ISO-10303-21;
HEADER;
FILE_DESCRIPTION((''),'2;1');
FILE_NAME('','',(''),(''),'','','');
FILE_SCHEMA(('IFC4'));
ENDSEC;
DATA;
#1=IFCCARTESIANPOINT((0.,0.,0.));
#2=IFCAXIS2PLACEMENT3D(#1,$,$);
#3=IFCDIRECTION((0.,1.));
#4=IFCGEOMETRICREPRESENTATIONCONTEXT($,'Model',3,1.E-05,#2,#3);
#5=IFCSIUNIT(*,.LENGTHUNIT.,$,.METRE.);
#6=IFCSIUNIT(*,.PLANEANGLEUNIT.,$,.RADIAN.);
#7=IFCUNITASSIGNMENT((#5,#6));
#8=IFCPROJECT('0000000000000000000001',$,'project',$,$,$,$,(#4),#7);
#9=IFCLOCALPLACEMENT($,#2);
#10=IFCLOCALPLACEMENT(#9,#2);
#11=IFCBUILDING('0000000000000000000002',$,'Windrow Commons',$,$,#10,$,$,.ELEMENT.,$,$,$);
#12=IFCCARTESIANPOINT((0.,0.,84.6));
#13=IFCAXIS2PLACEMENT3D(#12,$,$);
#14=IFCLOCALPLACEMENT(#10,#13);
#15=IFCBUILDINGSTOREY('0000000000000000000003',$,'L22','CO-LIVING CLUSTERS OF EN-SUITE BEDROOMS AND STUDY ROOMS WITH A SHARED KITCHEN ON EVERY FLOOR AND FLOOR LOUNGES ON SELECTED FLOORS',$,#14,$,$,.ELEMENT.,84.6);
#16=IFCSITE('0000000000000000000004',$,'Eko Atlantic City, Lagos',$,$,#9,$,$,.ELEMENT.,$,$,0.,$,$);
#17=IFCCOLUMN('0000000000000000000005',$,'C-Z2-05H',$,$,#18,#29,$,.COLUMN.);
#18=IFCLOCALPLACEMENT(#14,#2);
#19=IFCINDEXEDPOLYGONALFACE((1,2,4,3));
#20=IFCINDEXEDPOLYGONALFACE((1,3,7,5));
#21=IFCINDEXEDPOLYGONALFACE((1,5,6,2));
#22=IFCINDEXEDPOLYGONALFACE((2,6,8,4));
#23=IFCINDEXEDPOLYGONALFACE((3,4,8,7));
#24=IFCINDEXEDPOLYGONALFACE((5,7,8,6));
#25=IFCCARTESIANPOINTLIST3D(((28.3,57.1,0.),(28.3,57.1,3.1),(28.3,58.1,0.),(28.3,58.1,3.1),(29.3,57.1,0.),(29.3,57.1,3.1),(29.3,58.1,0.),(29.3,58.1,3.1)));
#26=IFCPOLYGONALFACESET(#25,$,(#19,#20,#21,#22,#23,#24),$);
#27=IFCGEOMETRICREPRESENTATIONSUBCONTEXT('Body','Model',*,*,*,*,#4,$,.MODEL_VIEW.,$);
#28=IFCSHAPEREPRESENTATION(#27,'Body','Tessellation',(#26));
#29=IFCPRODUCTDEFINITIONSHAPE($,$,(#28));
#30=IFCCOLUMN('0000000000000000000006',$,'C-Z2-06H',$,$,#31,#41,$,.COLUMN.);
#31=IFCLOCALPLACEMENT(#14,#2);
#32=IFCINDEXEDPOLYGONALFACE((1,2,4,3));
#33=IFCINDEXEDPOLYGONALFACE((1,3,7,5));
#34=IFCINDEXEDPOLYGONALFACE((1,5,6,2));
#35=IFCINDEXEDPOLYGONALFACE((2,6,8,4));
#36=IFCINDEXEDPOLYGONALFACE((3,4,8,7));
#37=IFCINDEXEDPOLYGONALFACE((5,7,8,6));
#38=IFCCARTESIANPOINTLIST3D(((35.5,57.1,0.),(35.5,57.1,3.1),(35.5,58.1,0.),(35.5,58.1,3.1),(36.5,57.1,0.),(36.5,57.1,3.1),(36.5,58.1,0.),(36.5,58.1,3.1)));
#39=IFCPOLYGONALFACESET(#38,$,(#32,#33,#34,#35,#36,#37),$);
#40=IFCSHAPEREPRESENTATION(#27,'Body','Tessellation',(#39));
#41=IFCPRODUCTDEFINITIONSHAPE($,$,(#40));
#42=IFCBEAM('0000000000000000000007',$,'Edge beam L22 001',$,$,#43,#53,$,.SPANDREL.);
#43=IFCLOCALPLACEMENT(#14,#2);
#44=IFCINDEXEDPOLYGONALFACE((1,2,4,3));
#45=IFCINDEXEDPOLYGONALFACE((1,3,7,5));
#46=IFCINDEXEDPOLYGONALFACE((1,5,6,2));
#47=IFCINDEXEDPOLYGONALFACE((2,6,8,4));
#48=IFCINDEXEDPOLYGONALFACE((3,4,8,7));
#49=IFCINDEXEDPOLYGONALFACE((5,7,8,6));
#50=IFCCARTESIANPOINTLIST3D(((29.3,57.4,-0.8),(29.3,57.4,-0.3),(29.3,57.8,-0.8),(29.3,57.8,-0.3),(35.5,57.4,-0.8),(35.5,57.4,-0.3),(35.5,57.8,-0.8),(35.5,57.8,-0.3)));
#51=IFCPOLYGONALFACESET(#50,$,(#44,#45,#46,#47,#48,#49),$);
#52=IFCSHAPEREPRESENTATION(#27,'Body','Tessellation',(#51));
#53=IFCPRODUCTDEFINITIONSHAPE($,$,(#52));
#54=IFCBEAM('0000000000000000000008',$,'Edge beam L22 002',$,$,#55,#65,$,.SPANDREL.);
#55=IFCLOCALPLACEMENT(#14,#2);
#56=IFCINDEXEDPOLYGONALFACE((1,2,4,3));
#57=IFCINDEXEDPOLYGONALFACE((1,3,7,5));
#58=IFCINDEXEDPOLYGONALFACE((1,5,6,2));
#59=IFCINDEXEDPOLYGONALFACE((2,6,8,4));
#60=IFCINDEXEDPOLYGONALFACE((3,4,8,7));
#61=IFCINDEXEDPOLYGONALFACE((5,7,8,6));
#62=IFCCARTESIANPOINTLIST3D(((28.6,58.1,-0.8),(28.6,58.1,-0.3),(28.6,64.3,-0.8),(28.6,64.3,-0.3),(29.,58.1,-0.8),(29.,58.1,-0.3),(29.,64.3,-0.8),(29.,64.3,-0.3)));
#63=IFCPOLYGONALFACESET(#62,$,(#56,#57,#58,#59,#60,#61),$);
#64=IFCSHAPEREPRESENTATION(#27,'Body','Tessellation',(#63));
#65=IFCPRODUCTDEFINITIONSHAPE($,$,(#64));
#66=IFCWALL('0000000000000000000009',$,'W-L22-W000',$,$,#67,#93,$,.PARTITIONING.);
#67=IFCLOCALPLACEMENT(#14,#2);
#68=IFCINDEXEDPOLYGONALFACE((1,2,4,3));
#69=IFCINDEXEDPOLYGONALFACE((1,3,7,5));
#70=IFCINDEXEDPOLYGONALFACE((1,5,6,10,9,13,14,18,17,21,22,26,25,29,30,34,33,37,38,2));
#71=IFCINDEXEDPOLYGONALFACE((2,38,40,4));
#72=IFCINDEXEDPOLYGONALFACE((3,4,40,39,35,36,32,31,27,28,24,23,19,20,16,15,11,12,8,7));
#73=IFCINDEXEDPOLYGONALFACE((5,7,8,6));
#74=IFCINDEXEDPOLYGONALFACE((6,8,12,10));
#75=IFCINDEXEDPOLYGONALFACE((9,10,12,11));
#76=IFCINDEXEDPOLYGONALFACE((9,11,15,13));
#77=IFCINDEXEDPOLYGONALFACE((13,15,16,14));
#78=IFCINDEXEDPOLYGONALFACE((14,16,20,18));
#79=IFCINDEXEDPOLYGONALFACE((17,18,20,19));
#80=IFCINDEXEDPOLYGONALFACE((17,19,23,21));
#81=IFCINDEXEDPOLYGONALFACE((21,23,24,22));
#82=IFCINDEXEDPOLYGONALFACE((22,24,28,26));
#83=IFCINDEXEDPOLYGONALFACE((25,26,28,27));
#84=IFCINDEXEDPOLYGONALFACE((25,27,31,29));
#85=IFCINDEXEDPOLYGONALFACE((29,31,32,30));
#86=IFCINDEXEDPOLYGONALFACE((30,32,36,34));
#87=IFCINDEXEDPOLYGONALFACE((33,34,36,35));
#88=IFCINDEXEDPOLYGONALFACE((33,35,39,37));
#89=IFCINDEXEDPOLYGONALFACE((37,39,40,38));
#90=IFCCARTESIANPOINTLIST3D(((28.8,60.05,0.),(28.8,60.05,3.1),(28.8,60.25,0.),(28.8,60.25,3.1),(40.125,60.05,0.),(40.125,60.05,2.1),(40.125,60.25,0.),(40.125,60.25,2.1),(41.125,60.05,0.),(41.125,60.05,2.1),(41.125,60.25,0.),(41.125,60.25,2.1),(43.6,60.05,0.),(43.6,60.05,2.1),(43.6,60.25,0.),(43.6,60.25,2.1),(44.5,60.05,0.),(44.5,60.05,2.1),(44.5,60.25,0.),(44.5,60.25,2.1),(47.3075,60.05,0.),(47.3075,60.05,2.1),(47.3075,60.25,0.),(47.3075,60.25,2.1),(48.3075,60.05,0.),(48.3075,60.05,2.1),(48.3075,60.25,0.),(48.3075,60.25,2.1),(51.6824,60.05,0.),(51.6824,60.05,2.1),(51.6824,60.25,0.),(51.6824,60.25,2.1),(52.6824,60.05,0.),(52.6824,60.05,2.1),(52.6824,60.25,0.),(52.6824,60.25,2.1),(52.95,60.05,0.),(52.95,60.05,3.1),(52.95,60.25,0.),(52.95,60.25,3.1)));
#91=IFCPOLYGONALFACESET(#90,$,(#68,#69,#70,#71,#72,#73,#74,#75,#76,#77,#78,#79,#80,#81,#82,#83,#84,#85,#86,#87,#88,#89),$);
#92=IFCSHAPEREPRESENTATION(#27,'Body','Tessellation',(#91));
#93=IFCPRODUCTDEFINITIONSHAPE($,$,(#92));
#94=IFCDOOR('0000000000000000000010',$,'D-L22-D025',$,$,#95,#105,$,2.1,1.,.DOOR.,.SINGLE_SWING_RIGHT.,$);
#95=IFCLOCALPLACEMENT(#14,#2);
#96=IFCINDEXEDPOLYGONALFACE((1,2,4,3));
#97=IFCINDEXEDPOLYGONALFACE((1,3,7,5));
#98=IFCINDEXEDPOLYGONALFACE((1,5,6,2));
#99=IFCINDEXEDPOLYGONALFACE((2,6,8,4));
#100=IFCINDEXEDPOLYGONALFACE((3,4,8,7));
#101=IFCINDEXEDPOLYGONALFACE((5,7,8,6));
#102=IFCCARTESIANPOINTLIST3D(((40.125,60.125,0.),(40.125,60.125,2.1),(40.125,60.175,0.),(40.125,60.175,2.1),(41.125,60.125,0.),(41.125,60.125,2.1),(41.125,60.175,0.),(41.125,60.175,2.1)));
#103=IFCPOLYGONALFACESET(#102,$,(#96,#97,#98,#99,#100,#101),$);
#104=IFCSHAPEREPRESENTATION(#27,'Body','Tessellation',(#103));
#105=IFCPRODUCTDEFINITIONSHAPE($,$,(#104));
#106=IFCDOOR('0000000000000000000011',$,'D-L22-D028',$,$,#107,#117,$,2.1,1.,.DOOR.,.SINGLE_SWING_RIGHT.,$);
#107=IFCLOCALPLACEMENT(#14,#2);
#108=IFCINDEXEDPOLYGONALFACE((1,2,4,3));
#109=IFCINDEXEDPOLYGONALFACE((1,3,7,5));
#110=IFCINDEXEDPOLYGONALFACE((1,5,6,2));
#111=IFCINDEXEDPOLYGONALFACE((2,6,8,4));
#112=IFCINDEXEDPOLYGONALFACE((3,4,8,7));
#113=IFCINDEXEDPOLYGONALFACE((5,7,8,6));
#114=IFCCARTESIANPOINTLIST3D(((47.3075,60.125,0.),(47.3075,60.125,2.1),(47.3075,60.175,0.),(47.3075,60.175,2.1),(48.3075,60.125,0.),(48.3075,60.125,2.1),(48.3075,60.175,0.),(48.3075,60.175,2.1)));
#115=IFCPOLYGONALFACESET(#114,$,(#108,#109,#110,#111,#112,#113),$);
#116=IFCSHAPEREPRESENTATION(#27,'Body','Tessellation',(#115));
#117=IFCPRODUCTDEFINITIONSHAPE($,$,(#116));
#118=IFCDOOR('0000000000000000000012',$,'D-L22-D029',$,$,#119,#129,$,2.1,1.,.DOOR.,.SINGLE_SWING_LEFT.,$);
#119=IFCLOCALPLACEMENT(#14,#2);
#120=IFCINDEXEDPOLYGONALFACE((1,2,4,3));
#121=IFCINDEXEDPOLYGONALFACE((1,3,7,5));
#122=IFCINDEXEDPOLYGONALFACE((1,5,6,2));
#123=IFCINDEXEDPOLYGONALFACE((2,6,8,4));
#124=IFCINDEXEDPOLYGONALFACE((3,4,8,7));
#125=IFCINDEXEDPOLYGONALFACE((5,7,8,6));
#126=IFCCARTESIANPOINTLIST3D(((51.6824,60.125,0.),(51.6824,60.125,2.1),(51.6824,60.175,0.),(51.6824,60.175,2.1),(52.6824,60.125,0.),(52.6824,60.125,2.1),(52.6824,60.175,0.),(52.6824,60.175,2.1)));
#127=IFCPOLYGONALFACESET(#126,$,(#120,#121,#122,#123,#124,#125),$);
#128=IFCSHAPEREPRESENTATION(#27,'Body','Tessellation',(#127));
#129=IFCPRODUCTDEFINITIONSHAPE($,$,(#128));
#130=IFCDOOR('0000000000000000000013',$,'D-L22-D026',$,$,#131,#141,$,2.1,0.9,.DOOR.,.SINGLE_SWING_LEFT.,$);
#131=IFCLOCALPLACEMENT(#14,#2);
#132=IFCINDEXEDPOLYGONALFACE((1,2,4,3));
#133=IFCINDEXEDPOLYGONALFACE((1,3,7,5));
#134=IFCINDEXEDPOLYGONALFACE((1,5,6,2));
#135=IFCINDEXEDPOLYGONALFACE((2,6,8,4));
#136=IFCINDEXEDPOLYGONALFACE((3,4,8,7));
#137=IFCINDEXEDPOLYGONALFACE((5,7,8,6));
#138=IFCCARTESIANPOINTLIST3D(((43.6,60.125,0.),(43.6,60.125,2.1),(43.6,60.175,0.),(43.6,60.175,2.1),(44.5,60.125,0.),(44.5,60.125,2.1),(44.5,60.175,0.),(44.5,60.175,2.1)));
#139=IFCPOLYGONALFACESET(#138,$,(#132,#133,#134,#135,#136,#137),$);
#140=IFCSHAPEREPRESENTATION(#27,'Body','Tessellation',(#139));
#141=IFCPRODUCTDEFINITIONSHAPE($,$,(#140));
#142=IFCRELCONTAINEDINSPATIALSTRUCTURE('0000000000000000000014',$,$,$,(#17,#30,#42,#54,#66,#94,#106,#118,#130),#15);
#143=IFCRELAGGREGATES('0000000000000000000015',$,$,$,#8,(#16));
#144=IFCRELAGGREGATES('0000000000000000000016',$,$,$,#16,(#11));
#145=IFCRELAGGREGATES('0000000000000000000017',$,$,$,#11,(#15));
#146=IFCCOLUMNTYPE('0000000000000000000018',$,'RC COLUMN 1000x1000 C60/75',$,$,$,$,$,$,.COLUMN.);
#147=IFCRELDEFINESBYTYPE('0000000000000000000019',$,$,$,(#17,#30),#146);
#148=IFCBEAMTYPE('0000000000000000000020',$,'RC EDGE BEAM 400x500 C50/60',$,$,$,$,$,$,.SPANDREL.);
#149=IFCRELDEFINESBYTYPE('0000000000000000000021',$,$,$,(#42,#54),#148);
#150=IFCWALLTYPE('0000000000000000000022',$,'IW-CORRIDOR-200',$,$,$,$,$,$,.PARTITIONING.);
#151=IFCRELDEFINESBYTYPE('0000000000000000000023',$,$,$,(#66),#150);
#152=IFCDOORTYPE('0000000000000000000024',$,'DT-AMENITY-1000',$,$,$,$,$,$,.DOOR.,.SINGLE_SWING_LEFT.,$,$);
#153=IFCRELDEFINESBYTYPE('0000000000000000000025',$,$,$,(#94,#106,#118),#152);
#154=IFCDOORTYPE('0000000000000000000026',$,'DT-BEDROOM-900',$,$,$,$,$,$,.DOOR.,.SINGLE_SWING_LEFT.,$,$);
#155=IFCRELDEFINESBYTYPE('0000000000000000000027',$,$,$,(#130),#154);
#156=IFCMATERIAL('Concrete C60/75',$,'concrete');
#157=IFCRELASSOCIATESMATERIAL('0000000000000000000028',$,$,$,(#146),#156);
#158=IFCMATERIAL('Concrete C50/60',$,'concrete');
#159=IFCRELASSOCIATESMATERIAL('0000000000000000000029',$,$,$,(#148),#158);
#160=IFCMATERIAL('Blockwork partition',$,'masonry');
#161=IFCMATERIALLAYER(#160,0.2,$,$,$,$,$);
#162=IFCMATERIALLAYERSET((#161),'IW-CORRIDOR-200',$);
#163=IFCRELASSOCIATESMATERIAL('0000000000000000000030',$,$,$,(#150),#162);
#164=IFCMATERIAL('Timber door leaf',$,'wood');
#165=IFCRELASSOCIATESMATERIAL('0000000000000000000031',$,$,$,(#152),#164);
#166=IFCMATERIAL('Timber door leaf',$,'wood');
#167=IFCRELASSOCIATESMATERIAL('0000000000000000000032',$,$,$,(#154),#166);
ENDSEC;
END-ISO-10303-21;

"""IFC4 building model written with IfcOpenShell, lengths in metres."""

from ifc_helpers import new_model, si_unit, direction, frame, frame_2d, origin, origin_2d, place, context, subcontext, project, spatial, rectangle, extrude, material, layer, layer_set, material_profile, profile_set, type_object, element, fill, save


model = new_model("IFC4")

# Units and contexts
model_context = context("Model", 3, precision=1e-05, world=origin(), true_north=direction((0.0, 1.0)))
body_context = subcontext(model_context, "Body", "Model", "MODEL_VIEW")
ifc_project = project(units=[si_unit("LENGTHUNIT", "METRE"), si_unit("PLANEANGLEUNIT", "RADIAN")], contexts=[model_context])

# Site, building, storey
site_placement = place(None, origin())
site = spatial("IfcSite", under=ifc_project, at=site_placement, Name="Eko Atlantic City, Lagos", CompositionType="ELEMENT", RefElevation=0.0)
building_placement = place(site_placement, origin())
building = spatial("IfcBuilding", under=site, at=building_placement, Name="Windrow Commons", CompositionType="ELEMENT")
storey_placement = place(building_placement, frame((0.0, 0.0, 84.6)))
storey = spatial("IfcBuildingStorey", under=building, at=storey_placement, Name="L22", Description="CO-LIVING CLUSTERS OF EN-SUITE BEDROOMS AND STUDY ROOMS WITH A SHARED KITCHEN ON EVERY FLOOR AND FLOOR LOUNGES ON SELECTED FLOORS", CompositionType="ELEMENT", Elevation=84.6)

# Columns
ifc_material_1 = material(Name="Concrete C60/75", Category="concrete")
ifc_material_profile_1 = material_profile(ifc_material_1, rectangle(XDim=1.0, YDim=1.0, at=origin_2d()))
ifc_profile_set_1 = profile_set([ifc_material_profile_1], Name="Concrete C60/75")
column_type = type_object("IfcColumnType", Name="RC COLUMN 1000x1000 C60/75", PredefinedType="COLUMN", material=ifc_profile_set_1)
for number, where, z_axis, x_axis, name in (
    (1, (28.8, 57.6, 0.0), (0.0, 0.0, 1.0), (1.0, 0.0, 0.0), "C-Z2-05H"),
    (2, (36.0, 57.6, 0.0), (0.0, 0.0, 1.0), (1.0, 0.0, 0.0), "C-Z2-06H"),
):
    element("IfcColumn", number, at=place(storey_placement, frame(where, z_axis=z_axis, x_axis=x_axis)), inside=storey, type_object=column_type, Name=name, PredefinedType="COLUMN", context=body_context, shape_type="SweptSolid", body=[
        extrude(rectangle(XDim=1.0, YDim=1.0, at=origin_2d()), origin(), (0.0, 0.0, 1.0), 3.1),
    ])

# Beams
ifc_material_2 = material(Name="Concrete C50/60", Category="concrete")
ifc_material_profile_2 = material_profile(ifc_material_2, rectangle(XDim=0.4, YDim=0.5, at=origin_2d()))
ifc_profile_set_2 = profile_set([ifc_material_profile_2], Name="Concrete C50/60")
beam_type = type_object("IfcBeamType", Name="RC EDGE BEAM 400x500 C50/60", PredefinedType="SPANDREL", material=ifc_profile_set_2)
for number, where, z_axis, x_axis, name in (
    (3, (35.5, 57.6, -0.55), (-1.0, 0.0, 0.0), (0.0, -1.0, 0.0), "Edge beam L22 001"),
    (4, (28.8, 58.1, -0.55), (0.0, 1.0, 0.0), (-1.0, 0.0, 0.0), "Edge beam L22 002"),
):
    element("IfcBeam", number, at=place(storey_placement, frame(where, z_axis=z_axis, x_axis=x_axis)), inside=storey, type_object=beam_type, Name=name, PredefinedType="SPANDREL", context=body_context, shape_type="SweptSolid", body=[
        extrude(rectangle(XDim=0.4, YDim=0.5, at=origin_2d()), origin(), (0.0, 0.0, 1.0), 6.2),
    ])

# Wall, openings, doors
ifc_material_3 = material(Name="Blockwork partition", Category="masonry")
ifc_layer_1 = layer(ifc_material_3, 0.2)
ifc_layer_set_1 = layer_set([ifc_layer_1], Name="IW-CORRIDOR-200")
wall_type_1 = type_object("IfcWallType", Name="IW-CORRIDOR-200", PredefinedType="PARTITIONING", material=ifc_layer_set_1)
wall_1_placement = place(storey_placement, frame((28.8, 60.15, 0.0), z_axis=(0.0, 0.0, 1.0), x_axis=(1.0, 0.0, 0.0)))
wall_1 = element("IfcWall", 5, at=wall_1_placement, inside=storey, type_object=wall_type_1, Name="W-L22-W000", PredefinedType="PARTITIONING", context=body_context, shape_type="SweptSolid", body=[
    extrude(rectangle(XDim=24.15, YDim=0.2, at=frame_2d((12.075, 0.0))), origin(), (0.0, 0.0, 1.0), 3.1),
])
opening_1_placement = place(wall_1_placement, frame((11.325, 0.0, 0.0)))
opening_1 = element("IfcOpeningElement", 6, at=opening_1_placement, cuts=wall_1, PredefinedType="OPENING", context=body_context, shape_type="SweptSolid", body=[
    extrude(rectangle(XDim=1.0, YDim=2.1, at=frame_2d((0.5, 1.05))), frame((0.0, 0.11, 0.0), z_axis=(0.0, -1.0, 0.0), x_axis=(1.0, 0.0, 0.0)), (0.0, 0.0, 1.0), 0.22),
])
opening_2_placement = place(wall_1_placement, frame((14.8, 0.0, 0.0)))
opening_2 = element("IfcOpeningElement", 7, at=opening_2_placement, cuts=wall_1, PredefinedType="OPENING", context=body_context, shape_type="SweptSolid", body=[
    extrude(rectangle(XDim=0.9, YDim=2.1, at=frame_2d((0.45, 1.05))), frame((0.0, 0.11, 0.0), z_axis=(0.0, -1.0, 0.0), x_axis=(1.0, 0.0, 0.0)), (0.0, 0.0, 1.0), 0.22),
])
opening_3_placement = place(wall_1_placement, frame((18.5075, 0.0, 0.0)))
opening_3 = element("IfcOpeningElement", 8, at=opening_3_placement, cuts=wall_1, PredefinedType="OPENING", context=body_context, shape_type="SweptSolid", body=[
    extrude(rectangle(XDim=1.0, YDim=2.1, at=frame_2d((0.5, 1.05))), frame((0.0, 0.11, 0.0), z_axis=(0.0, -1.0, 0.0), x_axis=(1.0, 0.0, 0.0)), (0.0, 0.0, 1.0), 0.22),
])
opening_4_placement = place(wall_1_placement, frame((22.8824, 0.0, 0.0)))
opening_4 = element("IfcOpeningElement", 9, at=opening_4_placement, cuts=wall_1, PredefinedType="OPENING", context=body_context, shape_type="SweptSolid", body=[
    extrude(rectangle(XDim=1.0, YDim=2.1, at=frame_2d((0.5, 1.05))), frame((0.0, 0.11, 0.0), z_axis=(0.0, -1.0, 0.0), x_axis=(1.0, 0.0, 0.0)), (0.0, 0.0, 1.0), 0.22),
])
ifc_material_4 = material(Name="Timber door leaf", Category="wood")
door_type_1 = type_object("IfcDoorType", Name="DT-AMENITY-1000", OperationType="SINGLE_SWING_LEFT", PredefinedType="DOOR", material=ifc_material_4)
door_1_placement = place(opening_1_placement, origin())
door_1 = element("IfcDoor", 10, at=door_1_placement, inside=storey, type_object=door_type_1, Name="D-L22-D025", OperationType="SINGLE_SWING_RIGHT", OverallHeight=2.1, OverallWidth=1.0, PredefinedType="DOOR", context=body_context, shape_type="SweptSolid", body=[
    extrude(rectangle(XDim=1.0, YDim=2.1, at=frame_2d((0.5, 1.05))), frame((0.0, 0.025, 0.0), z_axis=(0.0, -1.0, 0.0), x_axis=(1.0, 0.0, 0.0)), (0.0, 0.0, 1.0), 0.05),
])
fill(opening_1, door_1)
door_2_placement = place(opening_3_placement, origin())
door_2 = element("IfcDoor", 11, at=door_2_placement, inside=storey, type_object=door_type_1, Name="D-L22-D028", OperationType="SINGLE_SWING_RIGHT", OverallHeight=2.1, OverallWidth=1.0, PredefinedType="DOOR", context=body_context, shape_type="SweptSolid", body=[
    extrude(rectangle(XDim=1.0, YDim=2.1, at=frame_2d((0.5, 1.05))), frame((0.0, 0.025, 0.0), z_axis=(0.0, -1.0, 0.0), x_axis=(1.0, 0.0, 0.0)), (0.0, 0.0, 1.0), 0.05),
])
fill(opening_3, door_2)
door_3_placement = place(opening_4_placement, origin())
door_3 = element("IfcDoor", 12, at=door_3_placement, inside=storey, type_object=door_type_1, Name="D-L22-D029", OperationType="SINGLE_SWING_LEFT", OverallHeight=2.1, OverallWidth=1.0, PredefinedType="DOOR", context=body_context, shape_type="SweptSolid", body=[
    extrude(rectangle(XDim=1.0, YDim=2.1, at=frame_2d((0.5, 1.05))), frame((0.0, 0.025, 0.0), z_axis=(0.0, -1.0, 0.0), x_axis=(1.0, 0.0, 0.0)), (0.0, 0.0, 1.0), 0.05),
])
fill(opening_4, door_3)
ifc_material_5 = material(Name="Timber door leaf", Category="wood")
door_type_2 = type_object("IfcDoorType", Name="DT-BEDROOM-900", OperationType="SINGLE_SWING_LEFT", PredefinedType="DOOR", material=ifc_material_5)
door_4_placement = place(opening_2_placement, origin())
door_4 = element("IfcDoor", 13, at=door_4_placement, inside=storey, type_object=door_type_2, Name="D-L22-D026", OperationType="SINGLE_SWING_LEFT", OverallHeight=2.1, OverallWidth=0.9, PredefinedType="DOOR", context=body_context, shape_type="SweptSolid", body=[
    extrude(rectangle(XDim=0.9, YDim=2.1, at=frame_2d((0.45, 1.05))), frame((0.0, 0.025, 0.0), z_axis=(0.0, -1.0, 0.0), x_axis=(1.0, 0.0, 0.0)), (0.0, 0.0, 1.0), 0.05),
])
fill(opening_2, door_4)

save(model, "model.ifc")
